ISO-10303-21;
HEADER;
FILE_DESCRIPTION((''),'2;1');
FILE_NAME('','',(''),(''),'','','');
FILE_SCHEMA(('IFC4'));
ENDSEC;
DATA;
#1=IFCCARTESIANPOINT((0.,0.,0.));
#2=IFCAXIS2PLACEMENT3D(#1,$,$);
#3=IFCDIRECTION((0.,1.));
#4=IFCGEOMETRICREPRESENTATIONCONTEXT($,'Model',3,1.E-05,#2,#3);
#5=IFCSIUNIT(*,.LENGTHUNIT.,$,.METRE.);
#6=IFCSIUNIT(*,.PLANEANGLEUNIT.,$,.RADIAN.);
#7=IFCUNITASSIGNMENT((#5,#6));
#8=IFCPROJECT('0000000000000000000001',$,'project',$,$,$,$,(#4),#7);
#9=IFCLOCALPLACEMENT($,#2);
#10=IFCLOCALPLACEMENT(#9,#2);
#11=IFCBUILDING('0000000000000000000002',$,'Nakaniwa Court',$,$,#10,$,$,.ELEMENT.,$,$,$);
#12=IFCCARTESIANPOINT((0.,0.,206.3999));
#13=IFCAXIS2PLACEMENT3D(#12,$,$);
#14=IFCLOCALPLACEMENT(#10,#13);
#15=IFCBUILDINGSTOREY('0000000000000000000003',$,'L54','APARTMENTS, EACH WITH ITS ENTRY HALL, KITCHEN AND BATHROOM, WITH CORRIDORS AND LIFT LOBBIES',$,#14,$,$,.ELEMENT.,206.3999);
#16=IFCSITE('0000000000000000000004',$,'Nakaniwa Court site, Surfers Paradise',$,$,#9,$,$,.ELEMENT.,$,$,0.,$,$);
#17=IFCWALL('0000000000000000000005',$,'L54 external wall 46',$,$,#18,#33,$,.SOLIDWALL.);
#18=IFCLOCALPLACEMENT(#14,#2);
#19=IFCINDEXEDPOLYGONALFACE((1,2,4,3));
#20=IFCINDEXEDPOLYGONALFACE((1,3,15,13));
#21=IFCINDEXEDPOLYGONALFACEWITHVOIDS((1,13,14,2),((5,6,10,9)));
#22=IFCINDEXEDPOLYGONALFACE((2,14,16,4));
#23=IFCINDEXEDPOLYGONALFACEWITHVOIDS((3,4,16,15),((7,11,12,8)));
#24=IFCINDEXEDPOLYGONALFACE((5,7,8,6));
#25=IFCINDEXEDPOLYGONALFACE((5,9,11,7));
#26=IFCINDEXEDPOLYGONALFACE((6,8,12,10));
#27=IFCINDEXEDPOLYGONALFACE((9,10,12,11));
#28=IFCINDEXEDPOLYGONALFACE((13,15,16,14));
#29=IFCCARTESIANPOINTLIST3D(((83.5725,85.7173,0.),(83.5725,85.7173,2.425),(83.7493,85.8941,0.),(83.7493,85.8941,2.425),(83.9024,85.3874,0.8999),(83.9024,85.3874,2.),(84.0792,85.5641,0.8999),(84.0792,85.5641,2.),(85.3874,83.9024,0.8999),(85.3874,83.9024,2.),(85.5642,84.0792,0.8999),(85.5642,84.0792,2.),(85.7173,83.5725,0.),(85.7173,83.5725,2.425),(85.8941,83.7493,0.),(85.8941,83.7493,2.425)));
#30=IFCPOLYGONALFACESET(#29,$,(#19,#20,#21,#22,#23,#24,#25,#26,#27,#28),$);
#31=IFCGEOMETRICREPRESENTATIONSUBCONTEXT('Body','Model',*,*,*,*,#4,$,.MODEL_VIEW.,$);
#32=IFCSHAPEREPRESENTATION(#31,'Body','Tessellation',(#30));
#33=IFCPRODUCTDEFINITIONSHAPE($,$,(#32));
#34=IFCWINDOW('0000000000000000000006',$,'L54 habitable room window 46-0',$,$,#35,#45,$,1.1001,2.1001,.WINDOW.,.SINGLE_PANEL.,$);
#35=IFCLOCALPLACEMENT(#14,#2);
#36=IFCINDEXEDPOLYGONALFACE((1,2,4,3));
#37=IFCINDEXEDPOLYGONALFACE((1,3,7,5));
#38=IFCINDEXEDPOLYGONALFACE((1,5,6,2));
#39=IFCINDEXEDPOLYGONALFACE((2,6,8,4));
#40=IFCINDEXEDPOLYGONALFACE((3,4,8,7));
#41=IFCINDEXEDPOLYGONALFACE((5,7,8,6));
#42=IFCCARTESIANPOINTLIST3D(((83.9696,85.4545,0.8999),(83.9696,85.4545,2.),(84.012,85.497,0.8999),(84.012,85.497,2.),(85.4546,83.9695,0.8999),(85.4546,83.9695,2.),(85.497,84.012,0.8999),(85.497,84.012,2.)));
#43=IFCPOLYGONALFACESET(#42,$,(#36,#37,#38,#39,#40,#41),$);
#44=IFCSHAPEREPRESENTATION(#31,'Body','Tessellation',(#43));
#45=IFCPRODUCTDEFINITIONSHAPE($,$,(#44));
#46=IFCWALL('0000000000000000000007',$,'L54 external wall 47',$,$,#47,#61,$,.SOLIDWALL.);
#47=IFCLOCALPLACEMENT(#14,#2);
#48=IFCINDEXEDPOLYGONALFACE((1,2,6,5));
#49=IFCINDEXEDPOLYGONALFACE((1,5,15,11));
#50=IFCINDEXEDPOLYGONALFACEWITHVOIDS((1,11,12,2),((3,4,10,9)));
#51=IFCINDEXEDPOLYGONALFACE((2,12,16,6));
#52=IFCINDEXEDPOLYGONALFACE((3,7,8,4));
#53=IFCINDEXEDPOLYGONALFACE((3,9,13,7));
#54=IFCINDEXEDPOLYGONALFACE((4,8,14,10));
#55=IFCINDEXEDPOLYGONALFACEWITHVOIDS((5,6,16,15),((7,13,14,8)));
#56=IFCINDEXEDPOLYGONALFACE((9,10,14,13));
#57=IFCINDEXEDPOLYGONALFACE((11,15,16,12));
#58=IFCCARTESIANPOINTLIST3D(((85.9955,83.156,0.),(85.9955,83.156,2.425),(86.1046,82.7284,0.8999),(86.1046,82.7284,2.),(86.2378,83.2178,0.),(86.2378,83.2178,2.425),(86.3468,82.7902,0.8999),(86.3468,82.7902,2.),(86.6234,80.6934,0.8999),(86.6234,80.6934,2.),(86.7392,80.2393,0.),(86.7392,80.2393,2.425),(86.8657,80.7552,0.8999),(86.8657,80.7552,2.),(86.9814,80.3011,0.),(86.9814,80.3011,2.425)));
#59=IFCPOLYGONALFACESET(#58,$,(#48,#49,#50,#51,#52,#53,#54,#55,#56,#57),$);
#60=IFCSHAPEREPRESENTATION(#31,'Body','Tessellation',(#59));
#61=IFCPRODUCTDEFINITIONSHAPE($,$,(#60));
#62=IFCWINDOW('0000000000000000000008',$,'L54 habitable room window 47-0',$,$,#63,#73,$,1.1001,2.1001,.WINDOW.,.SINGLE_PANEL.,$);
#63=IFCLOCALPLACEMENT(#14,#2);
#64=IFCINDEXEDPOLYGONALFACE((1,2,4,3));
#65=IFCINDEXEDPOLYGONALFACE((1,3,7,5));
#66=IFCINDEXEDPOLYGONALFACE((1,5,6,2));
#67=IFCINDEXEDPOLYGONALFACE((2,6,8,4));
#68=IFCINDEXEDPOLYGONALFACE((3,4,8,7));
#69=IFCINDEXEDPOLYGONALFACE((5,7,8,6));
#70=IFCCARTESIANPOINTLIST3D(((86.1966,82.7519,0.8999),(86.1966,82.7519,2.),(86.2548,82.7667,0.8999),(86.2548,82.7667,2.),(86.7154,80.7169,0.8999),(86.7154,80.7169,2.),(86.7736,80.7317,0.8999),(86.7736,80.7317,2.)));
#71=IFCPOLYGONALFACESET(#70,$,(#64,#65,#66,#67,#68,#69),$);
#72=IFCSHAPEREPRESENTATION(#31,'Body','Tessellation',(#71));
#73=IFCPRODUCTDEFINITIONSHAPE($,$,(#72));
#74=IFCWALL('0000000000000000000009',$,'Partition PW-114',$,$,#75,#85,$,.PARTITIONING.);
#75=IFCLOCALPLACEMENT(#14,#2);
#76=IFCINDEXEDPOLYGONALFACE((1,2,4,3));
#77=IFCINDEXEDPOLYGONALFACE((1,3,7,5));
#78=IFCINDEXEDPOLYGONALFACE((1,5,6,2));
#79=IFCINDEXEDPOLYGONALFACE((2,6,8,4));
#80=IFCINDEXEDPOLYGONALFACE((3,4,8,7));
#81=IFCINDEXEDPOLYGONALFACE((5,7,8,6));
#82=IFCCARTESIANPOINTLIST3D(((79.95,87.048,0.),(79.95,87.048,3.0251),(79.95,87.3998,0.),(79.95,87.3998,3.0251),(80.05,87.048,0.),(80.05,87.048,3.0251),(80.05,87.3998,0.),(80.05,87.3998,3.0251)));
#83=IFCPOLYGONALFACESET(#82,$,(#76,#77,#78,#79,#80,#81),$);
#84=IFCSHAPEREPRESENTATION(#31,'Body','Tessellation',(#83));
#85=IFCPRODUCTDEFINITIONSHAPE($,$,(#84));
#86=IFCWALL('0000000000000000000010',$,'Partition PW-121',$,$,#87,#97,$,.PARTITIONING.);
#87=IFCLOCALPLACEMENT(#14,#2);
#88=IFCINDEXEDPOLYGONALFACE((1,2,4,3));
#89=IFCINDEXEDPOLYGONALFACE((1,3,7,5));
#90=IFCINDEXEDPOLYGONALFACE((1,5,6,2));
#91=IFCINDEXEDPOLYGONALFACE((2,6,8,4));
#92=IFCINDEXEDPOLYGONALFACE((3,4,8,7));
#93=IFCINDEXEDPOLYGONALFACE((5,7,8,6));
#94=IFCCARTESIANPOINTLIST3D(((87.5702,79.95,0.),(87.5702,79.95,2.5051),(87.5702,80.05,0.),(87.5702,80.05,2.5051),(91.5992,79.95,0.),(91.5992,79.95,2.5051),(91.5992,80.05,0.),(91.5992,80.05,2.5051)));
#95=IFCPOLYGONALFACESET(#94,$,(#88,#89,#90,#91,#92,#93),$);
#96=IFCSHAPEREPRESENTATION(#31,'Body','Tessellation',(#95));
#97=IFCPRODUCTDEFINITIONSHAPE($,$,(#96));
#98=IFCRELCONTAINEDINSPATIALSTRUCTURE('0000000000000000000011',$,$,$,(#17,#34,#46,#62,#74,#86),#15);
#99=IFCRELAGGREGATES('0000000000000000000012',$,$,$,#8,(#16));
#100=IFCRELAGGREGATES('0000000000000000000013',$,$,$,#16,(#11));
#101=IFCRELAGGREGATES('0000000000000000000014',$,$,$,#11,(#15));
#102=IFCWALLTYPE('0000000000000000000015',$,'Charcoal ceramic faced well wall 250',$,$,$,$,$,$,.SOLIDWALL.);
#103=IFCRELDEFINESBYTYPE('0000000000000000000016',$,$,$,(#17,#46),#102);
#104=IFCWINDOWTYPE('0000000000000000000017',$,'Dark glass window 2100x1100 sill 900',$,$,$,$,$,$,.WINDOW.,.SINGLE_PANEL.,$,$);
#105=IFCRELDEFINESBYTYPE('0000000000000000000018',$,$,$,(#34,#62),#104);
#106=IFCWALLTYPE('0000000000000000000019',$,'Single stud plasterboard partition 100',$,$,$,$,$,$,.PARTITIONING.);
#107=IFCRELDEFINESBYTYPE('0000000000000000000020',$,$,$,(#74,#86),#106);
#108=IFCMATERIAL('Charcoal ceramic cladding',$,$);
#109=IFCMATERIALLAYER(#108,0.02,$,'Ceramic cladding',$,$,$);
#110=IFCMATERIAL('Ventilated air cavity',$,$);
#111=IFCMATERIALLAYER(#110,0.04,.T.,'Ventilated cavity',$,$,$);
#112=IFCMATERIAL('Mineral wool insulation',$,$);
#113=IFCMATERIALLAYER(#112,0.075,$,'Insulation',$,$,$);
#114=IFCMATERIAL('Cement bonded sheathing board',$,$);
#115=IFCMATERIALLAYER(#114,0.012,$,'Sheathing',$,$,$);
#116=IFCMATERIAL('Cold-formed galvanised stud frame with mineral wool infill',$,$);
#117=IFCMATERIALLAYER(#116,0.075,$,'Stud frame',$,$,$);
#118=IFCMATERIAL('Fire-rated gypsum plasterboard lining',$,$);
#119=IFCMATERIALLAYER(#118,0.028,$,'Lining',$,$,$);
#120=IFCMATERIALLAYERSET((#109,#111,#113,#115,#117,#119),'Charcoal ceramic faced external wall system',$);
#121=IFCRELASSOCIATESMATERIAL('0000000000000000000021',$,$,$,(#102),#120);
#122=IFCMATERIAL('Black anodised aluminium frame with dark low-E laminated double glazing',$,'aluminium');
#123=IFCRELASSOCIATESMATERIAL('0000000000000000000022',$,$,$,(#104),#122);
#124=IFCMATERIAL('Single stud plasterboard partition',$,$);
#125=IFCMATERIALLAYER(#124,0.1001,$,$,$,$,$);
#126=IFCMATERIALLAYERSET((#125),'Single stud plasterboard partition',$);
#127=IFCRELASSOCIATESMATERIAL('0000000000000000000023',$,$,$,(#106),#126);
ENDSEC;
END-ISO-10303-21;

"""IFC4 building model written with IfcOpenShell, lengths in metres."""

from ifc_helpers import new_model, si_unit, direction, frame, frame_2d, origin, place, context, subcontext, project, spatial, rectangle, extrude, material, layer, layer_set, type_object, element, fill, save


model = new_model("IFC4")

# Units and contexts
model_context = context("Model", 3, precision=1e-05, world=origin(), true_north=direction((0.0, 1.0)))
body_context = subcontext(model_context, "Body", "Model", "MODEL_VIEW")
ifc_project = project(units=[si_unit("LENGTHUNIT", "METRE"), si_unit("PLANEANGLEUNIT", "RADIAN")], contexts=[model_context])

# Site, building, storey
site_placement = place(None, origin())
site = spatial("IfcSite", under=ifc_project, at=site_placement, Name="Nakaniwa Court site, Surfers Paradise", CompositionType="ELEMENT", RefElevation=0.0)
building_placement = place(site_placement, origin())
building = spatial("IfcBuilding", under=site, at=building_placement, Name="Nakaniwa Court", CompositionType="ELEMENT")
storey_placement = place(building_placement, frame((0.0, 0.0, 206.3999)))
storey = spatial("IfcBuildingStorey", under=building, at=storey_placement, Name="L54", Description="APARTMENTS, EACH WITH ITS ENTRY HALL, KITCHEN AND BATHROOM, WITH CORRIDORS AND LIFT LOBBIES", CompositionType="ELEMENT", Elevation=206.3999)

# Walls, openings, windows
ifc_material_1 = material(Name="Charcoal ceramic cladding")
ifc_layer_1 = layer(ifc_material_1, 0.02, Name="Ceramic cladding")
ifc_material_2 = material(Name="Ventilated air cavity")
ifc_layer_2 = layer(ifc_material_2, 0.04, ventilated=True, Name="Ventilated cavity")
ifc_material_3 = material(Name="Mineral wool insulation")
ifc_layer_3 = layer(ifc_material_3, 0.075, Name="Insulation")
ifc_material_4 = material(Name="Cement bonded sheathing board")
ifc_layer_4 = layer(ifc_material_4, 0.012, Name="Sheathing")
ifc_material_5 = material(Name="Cold-formed galvanised stud frame with mineral wool infill")
ifc_layer_5 = layer(ifc_material_5, 0.075, Name="Stud frame")
ifc_material_6 = material(Name="Fire-rated gypsum plasterboard lining")
ifc_layer_6 = layer(ifc_material_6, 0.028, Name="Lining")
ifc_layer_set_1 = layer_set([ifc_layer_1, ifc_layer_2, ifc_layer_3, ifc_layer_4, ifc_layer_5, ifc_layer_6], Name="Charcoal ceramic faced external wall system")
wall_type_1 = type_object("IfcWallType", Name="Charcoal ceramic faced well wall 250", PredefinedType="SOLIDWALL", material=ifc_layer_set_1)
ifc_material_7 = material(Name="Black anodised aluminium frame with dark low-E laminated double glazing", Category="aluminium")
window_type = type_object("IfcWindowType", Name="Dark glass window 2100x1100 sill 900", PartitioningType="SINGLE_PANEL", PredefinedType="WINDOW", material=ifc_material_7)
wall_1_placement = place(storey_placement, frame((83.6609, 85.8057, 0.0), z_axis=(0.0, 0.0, 1.0), x_axis=(0.707107, -0.707107, 0.0)))
wall_1 = element("IfcWall", 1, at=wall_1_placement, inside=storey, type_object=wall_type_1, Name="L54 external wall 46", PredefinedType="SOLIDWALL", context=body_context, shape_type="SweptSolid", body=[
    extrude(rectangle(XDim=3.0332, YDim=0.25, at=frame_2d((1.5166, 0.0))), origin(), (0.0, 0.0, 1.0), 2.425),
])
opening_1_placement = place(wall_1_placement, frame((0.4666, 0.0, 0.8999)))
opening_1 = element("IfcOpeningElement", 2, at=opening_1_placement, cuts=wall_1, PredefinedType="OPENING", context=body_context, shape_type="SweptSolid", body=[
    extrude(rectangle(XDim=2.1001, YDim=1.1001, at=frame_2d((1.05, 0.55))), frame((0.0, 0.135, 0.0), z_axis=(0.0, -1.0, 0.0), x_axis=(1.0, 0.0, 0.0)), (0.0, 0.0, 1.0), 0.27),
])
window_1_placement = place(opening_1_placement, origin())
window_1 = element("IfcWindow", 3, at=window_1_placement, inside=storey, type_object=window_type, Name="L54 habitable room window 46-0", OverallHeight=1.1001, OverallWidth=2.1001, PartitioningType="SINGLE_PANEL", PredefinedType="WINDOW", context=body_context, shape_type="SweptSolid", body=[
    extrude(rectangle(XDim=2.1001, YDim=1.1001, at=frame_2d((1.05, 0.55))), frame((0.0, 0.03, 0.0), z_axis=(0.0, -1.0, 0.0), x_axis=(1.0, 0.0, 0.0)), (0.0, 0.0, 1.0), 0.0601),
])
fill(opening_1, window_1)
wall_2_placement = place(storey_placement, frame((86.1167, 83.1868, 0.0), z_axis=(0.0, 0.0, 1.0), x_axis=(0.247056, -0.969001, 0.0)))
wall_2 = element("IfcWall", 4, at=wall_2_placement, inside=storey, type_object=wall_type_1, Name="L54 external wall 47", PredefinedType="SOLIDWALL", context=body_context, shape_type="SweptSolid", body=[
    extrude(rectangle(XDim=3.01, YDim=0.25, at=frame_2d((1.5049, 0.0))), origin(), (0.0, 0.0, 1.0), 2.425),
])
opening_2_placement = place(wall_2_placement, frame((0.4412, 0.0, 0.8999)))
opening_2 = element("IfcOpeningElement", 5, at=opening_2_placement, cuts=wall_2, PredefinedType="OPENING", context=body_context, shape_type="SweptSolid", body=[
    extrude(rectangle(XDim=2.1001, YDim=1.1001, at=frame_2d((1.05, 0.55))), frame((0.0, 0.135, 0.0), z_axis=(0.0, -1.0, 0.0), x_axis=(1.0, 0.0, 0.0)), (0.0, 0.0, 1.0), 0.27),
])
window_2_placement = place(opening_2_placement, origin())
window_2 = element("IfcWindow", 6, at=window_2_placement, inside=storey, type_object=window_type, Name="L54 habitable room window 47-0", OverallHeight=1.1001, OverallWidth=2.1001, PartitioningType="SINGLE_PANEL", PredefinedType="WINDOW", context=body_context, shape_type="SweptSolid", body=[
    extrude(rectangle(XDim=2.1001, YDim=1.1001, at=frame_2d((1.05, 0.55))), frame((0.0, 0.03, 0.0), z_axis=(0.0, -1.0, 0.0), x_axis=(1.0, 0.0, 0.0)), (0.0, 0.0, 1.0), 0.0601),
])
fill(opening_2, window_2)

# Walls
ifc_material_8 = material(Name="Single stud plasterboard partition")
ifc_layer_7 = layer(ifc_material_8, 0.1001)
ifc_layer_set_2 = layer_set([ifc_layer_7], Name="Single stud plasterboard partition")
wall_type_2 = type_object("IfcWallType", Name="Single stud plasterboard partition 100", PredefinedType="PARTITIONING", material=ifc_layer_set_2)
wall_3_placement = place(storey_placement, frame((80.0, 87.0481, 0.0), z_axis=(0.0, 0.0, 1.0), x_axis=(0.0, 1.0, 0.0)))
element("IfcWall", 7, at=wall_3_placement, inside=storey, type_object=wall_type_2, Name="Partition PW-114", PredefinedType="PARTITIONING", context=body_context, shape_type="SweptSolid", body=[
    extrude(rectangle(XDim=0.3518, YDim=0.1001, at=frame_2d((0.1758, 0.0))), origin(), (0.0, 0.0, 1.0), 3.0251),
])
wall_4_placement = place(storey_placement, frame((87.5701, 80.0, 0.0), z_axis=(0.0, 0.0, 1.0), x_axis=(1.0, 0.0, 0.0)))
element("IfcWall", 8, at=wall_4_placement, inside=storey, type_object=wall_type_2, Name="Partition PW-121", PredefinedType="PARTITIONING", context=body_context, shape_type="SweptSolid", body=[
    extrude(rectangle(XDim=4.0291, YDim=0.1001, at=frame_2d((2.0146, 0.0))), origin(), (0.0, 0.0, 1.0), 2.5051),
])

save(model, "model.ifc")
